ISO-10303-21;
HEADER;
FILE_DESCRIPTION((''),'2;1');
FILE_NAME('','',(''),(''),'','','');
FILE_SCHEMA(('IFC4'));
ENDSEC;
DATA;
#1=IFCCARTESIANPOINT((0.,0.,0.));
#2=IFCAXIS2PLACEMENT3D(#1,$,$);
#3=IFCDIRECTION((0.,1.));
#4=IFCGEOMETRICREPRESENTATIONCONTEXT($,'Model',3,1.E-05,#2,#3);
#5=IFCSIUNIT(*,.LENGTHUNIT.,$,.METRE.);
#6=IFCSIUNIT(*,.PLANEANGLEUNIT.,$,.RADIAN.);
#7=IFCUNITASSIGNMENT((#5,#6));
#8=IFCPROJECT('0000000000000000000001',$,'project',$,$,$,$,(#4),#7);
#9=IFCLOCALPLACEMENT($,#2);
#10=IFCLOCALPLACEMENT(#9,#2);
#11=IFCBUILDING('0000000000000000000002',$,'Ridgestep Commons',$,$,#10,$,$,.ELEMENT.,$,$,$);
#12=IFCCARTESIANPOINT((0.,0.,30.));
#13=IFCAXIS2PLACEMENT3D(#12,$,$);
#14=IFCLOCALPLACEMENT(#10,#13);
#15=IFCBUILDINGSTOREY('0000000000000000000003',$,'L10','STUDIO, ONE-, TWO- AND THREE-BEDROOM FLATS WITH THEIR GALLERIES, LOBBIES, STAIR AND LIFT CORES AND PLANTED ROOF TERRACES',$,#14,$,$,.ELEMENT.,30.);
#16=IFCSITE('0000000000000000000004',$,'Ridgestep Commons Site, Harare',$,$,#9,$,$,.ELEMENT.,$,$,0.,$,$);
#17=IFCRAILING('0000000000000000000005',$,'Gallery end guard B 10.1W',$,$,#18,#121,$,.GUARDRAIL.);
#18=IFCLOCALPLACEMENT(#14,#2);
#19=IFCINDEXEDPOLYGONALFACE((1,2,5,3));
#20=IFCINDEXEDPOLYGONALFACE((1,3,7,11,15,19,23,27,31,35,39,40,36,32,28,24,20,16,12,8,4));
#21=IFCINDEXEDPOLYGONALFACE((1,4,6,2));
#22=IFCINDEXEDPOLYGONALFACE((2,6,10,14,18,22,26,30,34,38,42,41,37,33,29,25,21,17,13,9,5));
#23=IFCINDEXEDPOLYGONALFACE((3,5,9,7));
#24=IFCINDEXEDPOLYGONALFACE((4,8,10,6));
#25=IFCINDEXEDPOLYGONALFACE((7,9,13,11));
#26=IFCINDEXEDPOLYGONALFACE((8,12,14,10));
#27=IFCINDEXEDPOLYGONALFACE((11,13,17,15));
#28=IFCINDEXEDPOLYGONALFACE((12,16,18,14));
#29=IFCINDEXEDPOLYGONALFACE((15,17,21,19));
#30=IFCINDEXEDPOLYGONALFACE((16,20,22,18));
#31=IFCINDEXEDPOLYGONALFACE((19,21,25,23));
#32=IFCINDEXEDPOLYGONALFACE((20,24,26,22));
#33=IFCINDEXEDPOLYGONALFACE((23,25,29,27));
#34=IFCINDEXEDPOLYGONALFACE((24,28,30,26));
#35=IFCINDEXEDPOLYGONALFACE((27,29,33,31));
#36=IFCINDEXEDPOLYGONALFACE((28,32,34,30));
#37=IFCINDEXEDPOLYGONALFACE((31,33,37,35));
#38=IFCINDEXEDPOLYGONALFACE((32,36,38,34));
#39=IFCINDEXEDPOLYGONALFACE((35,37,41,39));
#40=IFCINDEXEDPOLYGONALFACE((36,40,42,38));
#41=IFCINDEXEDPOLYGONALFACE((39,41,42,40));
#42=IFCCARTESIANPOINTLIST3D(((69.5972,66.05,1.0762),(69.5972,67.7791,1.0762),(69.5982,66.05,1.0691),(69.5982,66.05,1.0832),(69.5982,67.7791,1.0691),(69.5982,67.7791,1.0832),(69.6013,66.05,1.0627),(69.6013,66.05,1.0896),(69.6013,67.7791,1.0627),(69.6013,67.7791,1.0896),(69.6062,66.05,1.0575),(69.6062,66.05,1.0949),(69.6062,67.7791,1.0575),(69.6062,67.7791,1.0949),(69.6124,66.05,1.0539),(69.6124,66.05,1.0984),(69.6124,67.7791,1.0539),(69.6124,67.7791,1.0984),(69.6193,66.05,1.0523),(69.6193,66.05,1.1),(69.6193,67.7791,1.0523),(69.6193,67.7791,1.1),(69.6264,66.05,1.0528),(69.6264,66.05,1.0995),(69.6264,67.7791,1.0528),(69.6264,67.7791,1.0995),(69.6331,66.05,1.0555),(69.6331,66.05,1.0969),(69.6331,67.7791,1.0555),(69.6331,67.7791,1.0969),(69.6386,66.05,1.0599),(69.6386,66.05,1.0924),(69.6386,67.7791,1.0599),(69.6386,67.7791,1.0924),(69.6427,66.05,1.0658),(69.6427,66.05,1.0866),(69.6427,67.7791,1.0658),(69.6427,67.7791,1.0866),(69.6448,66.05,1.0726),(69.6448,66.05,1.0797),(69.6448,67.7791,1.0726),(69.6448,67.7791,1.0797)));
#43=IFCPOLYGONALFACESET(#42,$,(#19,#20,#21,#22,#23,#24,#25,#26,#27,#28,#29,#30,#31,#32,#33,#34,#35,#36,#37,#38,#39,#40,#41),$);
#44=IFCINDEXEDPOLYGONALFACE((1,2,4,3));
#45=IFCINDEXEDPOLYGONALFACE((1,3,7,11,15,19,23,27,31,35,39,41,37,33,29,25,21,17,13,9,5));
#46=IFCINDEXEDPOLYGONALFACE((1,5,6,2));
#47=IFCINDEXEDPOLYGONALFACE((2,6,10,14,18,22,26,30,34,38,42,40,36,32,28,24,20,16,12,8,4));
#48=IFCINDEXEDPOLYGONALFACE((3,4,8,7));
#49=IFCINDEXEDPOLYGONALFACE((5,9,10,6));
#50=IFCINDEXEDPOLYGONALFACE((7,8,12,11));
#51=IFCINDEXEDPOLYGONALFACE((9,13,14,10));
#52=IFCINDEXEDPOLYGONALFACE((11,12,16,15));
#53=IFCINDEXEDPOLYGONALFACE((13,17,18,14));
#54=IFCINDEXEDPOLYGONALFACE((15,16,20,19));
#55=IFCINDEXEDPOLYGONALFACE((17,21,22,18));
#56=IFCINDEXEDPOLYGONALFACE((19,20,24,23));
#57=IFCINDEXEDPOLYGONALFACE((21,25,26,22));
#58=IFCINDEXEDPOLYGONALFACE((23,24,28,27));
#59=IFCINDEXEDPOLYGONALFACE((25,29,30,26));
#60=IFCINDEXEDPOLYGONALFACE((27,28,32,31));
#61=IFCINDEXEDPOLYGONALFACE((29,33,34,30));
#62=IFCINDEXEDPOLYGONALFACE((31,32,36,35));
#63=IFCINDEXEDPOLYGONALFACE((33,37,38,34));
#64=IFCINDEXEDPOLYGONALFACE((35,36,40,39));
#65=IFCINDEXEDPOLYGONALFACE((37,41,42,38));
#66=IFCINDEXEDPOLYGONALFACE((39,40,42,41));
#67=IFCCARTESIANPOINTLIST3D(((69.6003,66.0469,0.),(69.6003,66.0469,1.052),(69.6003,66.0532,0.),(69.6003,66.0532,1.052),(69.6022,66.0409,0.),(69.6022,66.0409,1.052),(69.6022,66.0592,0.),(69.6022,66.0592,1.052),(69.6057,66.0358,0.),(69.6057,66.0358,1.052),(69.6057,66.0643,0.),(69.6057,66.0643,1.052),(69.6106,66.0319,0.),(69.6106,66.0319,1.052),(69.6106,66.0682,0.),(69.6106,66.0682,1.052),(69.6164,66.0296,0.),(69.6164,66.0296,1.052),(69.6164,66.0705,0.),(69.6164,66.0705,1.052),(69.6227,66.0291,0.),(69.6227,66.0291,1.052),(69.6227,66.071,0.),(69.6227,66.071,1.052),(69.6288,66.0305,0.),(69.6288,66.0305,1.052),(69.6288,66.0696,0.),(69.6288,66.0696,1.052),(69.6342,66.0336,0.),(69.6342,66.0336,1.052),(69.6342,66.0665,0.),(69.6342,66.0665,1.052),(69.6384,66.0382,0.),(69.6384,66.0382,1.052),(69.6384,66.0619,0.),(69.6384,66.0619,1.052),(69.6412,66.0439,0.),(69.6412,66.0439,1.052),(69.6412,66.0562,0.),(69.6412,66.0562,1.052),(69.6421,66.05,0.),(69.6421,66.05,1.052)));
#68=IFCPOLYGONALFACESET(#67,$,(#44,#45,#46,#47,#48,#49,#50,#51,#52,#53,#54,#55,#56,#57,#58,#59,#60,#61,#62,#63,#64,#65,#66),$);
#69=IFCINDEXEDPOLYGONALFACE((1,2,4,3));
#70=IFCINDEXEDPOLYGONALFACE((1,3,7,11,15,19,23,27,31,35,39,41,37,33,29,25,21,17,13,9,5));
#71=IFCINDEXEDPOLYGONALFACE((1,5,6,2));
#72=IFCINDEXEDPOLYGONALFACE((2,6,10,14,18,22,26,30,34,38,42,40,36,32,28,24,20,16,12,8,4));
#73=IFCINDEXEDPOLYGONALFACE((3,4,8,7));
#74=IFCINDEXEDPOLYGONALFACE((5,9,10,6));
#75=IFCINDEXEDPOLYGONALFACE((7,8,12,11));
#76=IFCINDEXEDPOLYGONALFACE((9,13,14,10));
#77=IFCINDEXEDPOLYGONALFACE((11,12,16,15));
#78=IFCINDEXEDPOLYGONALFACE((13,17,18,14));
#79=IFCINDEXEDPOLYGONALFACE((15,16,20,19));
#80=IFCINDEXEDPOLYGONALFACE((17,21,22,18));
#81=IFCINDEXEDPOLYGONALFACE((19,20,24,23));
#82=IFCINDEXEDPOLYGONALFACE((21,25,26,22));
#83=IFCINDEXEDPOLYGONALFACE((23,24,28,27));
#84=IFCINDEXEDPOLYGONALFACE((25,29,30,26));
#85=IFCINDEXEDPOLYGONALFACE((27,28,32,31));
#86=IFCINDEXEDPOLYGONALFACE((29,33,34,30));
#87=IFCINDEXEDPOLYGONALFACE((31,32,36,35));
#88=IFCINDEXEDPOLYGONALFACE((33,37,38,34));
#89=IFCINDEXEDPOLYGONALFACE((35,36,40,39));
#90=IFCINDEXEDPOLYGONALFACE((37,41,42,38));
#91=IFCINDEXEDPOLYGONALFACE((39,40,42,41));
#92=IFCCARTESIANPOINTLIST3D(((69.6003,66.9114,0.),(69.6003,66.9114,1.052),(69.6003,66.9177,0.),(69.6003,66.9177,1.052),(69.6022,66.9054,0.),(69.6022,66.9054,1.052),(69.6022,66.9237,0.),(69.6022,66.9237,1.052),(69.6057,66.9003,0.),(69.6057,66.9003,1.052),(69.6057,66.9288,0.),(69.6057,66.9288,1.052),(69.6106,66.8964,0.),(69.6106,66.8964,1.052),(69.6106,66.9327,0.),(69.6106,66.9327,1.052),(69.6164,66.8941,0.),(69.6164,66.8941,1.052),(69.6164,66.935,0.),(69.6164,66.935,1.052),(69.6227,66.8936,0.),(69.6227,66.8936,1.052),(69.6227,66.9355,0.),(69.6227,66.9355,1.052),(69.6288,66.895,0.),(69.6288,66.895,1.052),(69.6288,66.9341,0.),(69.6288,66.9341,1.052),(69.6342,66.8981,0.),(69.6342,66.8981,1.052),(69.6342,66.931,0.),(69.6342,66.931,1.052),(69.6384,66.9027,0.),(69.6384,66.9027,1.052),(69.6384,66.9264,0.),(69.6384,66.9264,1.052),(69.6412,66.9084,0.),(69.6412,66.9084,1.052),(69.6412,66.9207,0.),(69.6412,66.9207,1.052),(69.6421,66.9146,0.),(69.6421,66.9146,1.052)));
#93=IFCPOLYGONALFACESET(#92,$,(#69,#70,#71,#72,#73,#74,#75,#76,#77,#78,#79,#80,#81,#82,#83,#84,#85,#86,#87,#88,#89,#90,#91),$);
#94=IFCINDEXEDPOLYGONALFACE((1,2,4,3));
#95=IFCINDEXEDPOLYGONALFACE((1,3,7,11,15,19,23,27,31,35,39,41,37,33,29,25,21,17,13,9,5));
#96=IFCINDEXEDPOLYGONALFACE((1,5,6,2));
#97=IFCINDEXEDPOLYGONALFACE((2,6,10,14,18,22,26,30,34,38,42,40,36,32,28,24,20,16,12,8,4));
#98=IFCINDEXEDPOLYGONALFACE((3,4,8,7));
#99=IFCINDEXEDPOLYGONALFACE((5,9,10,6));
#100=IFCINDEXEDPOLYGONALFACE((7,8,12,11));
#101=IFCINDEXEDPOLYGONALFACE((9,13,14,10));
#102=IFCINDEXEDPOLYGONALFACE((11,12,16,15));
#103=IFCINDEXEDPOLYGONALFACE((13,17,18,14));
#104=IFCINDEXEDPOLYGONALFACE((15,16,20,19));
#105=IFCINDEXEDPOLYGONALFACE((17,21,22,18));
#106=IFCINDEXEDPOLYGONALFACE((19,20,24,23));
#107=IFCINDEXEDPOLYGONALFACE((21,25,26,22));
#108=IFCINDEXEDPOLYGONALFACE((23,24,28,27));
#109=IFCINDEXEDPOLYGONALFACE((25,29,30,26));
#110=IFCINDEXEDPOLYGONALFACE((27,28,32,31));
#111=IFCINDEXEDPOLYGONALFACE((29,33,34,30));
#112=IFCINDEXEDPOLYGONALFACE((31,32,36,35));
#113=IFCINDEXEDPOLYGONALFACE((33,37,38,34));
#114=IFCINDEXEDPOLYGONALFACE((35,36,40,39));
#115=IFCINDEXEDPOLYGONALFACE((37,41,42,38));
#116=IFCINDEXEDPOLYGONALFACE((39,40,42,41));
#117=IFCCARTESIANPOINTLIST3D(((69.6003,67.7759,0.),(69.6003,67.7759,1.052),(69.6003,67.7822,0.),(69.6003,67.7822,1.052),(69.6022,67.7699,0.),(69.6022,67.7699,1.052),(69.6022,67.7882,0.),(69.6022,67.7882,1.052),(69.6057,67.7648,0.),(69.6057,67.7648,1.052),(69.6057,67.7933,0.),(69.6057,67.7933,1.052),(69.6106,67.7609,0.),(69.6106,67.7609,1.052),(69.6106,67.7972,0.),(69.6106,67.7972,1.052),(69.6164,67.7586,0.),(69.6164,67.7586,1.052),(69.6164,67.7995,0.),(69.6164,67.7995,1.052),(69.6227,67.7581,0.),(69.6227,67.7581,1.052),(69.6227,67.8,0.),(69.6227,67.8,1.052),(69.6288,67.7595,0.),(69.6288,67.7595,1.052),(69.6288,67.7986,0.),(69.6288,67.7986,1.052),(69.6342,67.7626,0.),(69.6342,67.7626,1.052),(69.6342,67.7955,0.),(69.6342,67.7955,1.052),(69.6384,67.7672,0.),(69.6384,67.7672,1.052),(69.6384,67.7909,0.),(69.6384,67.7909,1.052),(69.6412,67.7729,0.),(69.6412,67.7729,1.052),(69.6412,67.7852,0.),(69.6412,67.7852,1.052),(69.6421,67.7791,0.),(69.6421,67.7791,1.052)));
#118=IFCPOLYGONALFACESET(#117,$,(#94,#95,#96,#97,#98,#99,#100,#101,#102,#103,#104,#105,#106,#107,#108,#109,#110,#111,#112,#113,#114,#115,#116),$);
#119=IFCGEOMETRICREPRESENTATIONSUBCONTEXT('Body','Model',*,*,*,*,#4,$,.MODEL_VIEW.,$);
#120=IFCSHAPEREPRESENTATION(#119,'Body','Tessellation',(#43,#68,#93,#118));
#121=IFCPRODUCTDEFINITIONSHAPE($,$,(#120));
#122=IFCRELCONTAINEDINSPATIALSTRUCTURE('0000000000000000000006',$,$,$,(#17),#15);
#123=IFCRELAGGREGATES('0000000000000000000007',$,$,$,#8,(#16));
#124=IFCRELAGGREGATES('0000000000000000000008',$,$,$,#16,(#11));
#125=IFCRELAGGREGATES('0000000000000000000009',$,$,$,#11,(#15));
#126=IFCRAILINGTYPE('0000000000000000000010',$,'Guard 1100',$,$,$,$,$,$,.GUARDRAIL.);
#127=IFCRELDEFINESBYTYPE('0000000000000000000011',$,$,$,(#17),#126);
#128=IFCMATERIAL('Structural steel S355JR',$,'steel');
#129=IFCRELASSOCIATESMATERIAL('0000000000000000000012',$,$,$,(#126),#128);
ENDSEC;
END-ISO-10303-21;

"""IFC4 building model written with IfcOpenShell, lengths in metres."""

from ifc_helpers import new_model, si_unit, direction, frame, origin, origin_2d, place, context, subcontext, project, spatial, circle, extrude, material, type_object, element, save


model = new_model("IFC4")

# Units and contexts
model_context = context("Model", 3, precision=1e-05, world=origin(), true_north=direction((0.0, 1.0)))
body_context = subcontext(model_context, "Body", "Model", "MODEL_VIEW")
ifc_project = project(units=[si_unit("LENGTHUNIT", "METRE"), si_unit("PLANEANGLEUNIT", "RADIAN")], contexts=[model_context])

# Site, building, storey
site_placement = place(None, origin())
site = spatial("IfcSite", under=ifc_project, at=site_placement, Name="Ridgestep Commons Site, Harare", CompositionType="ELEMENT", RefElevation=0.0)
building_placement = place(site_placement, origin())
building = spatial("IfcBuilding", under=site, at=building_placement, Name="Ridgestep Commons", CompositionType="ELEMENT")
storey_placement = place(building_placement, frame((0.0, 0.0, 30.0)))
storey = spatial("IfcBuildingStorey", under=building, at=storey_placement, Name="L10", Description="STUDIO, ONE-, TWO- AND THREE-BEDROOM FLATS WITH THEIR GALLERIES, LOBBIES, STAIR AND LIFT CORES AND PLANTED ROOF TERRACES", CompositionType="ELEMENT", Elevation=30.0)

# Railing
ifc_material_1 = material(Name="Structural steel S355JR", Category="steel")
railing_type = type_object("IfcRailingType", Name="Guard 1100", PredefinedType="GUARDRAIL", material=ifc_material_1)
railing_1_placement = place(storey_placement, frame((69.6211, 66.05, 0.0)))
element("IfcRailing", 1, at=railing_1_placement, inside=storey, type_object=railing_type, Name="Gallery end guard B 10.1W", PredefinedType="GUARDRAIL", context=body_context, shape_type="SweptSolid", body=[
    extrude(circle(Radius=0.0239, at=origin_2d()), frame((0.0, 0.0, 1.0762), z_axis=(0.0, 1.0, 0.0), x_axis=(-1.0, 0.0, 0.0)), (0.0, 0.0, 1.0), 1.729),
    extrude(circle(Radius=0.021, at=origin_2d()), origin(), (0.0, 0.0, 1.0), 1.052),
    extrude(circle(Radius=0.021, at=origin_2d()), frame((0.0, 0.8645, 0.0)), (0.0, 0.0, 1.0), 1.052),
    extrude(circle(Radius=0.021, at=origin_2d()), frame((0.0, 1.729, 0.0)), (0.0, 0.0, 1.0), 1.052),
])

save(model, "model.ifc")
